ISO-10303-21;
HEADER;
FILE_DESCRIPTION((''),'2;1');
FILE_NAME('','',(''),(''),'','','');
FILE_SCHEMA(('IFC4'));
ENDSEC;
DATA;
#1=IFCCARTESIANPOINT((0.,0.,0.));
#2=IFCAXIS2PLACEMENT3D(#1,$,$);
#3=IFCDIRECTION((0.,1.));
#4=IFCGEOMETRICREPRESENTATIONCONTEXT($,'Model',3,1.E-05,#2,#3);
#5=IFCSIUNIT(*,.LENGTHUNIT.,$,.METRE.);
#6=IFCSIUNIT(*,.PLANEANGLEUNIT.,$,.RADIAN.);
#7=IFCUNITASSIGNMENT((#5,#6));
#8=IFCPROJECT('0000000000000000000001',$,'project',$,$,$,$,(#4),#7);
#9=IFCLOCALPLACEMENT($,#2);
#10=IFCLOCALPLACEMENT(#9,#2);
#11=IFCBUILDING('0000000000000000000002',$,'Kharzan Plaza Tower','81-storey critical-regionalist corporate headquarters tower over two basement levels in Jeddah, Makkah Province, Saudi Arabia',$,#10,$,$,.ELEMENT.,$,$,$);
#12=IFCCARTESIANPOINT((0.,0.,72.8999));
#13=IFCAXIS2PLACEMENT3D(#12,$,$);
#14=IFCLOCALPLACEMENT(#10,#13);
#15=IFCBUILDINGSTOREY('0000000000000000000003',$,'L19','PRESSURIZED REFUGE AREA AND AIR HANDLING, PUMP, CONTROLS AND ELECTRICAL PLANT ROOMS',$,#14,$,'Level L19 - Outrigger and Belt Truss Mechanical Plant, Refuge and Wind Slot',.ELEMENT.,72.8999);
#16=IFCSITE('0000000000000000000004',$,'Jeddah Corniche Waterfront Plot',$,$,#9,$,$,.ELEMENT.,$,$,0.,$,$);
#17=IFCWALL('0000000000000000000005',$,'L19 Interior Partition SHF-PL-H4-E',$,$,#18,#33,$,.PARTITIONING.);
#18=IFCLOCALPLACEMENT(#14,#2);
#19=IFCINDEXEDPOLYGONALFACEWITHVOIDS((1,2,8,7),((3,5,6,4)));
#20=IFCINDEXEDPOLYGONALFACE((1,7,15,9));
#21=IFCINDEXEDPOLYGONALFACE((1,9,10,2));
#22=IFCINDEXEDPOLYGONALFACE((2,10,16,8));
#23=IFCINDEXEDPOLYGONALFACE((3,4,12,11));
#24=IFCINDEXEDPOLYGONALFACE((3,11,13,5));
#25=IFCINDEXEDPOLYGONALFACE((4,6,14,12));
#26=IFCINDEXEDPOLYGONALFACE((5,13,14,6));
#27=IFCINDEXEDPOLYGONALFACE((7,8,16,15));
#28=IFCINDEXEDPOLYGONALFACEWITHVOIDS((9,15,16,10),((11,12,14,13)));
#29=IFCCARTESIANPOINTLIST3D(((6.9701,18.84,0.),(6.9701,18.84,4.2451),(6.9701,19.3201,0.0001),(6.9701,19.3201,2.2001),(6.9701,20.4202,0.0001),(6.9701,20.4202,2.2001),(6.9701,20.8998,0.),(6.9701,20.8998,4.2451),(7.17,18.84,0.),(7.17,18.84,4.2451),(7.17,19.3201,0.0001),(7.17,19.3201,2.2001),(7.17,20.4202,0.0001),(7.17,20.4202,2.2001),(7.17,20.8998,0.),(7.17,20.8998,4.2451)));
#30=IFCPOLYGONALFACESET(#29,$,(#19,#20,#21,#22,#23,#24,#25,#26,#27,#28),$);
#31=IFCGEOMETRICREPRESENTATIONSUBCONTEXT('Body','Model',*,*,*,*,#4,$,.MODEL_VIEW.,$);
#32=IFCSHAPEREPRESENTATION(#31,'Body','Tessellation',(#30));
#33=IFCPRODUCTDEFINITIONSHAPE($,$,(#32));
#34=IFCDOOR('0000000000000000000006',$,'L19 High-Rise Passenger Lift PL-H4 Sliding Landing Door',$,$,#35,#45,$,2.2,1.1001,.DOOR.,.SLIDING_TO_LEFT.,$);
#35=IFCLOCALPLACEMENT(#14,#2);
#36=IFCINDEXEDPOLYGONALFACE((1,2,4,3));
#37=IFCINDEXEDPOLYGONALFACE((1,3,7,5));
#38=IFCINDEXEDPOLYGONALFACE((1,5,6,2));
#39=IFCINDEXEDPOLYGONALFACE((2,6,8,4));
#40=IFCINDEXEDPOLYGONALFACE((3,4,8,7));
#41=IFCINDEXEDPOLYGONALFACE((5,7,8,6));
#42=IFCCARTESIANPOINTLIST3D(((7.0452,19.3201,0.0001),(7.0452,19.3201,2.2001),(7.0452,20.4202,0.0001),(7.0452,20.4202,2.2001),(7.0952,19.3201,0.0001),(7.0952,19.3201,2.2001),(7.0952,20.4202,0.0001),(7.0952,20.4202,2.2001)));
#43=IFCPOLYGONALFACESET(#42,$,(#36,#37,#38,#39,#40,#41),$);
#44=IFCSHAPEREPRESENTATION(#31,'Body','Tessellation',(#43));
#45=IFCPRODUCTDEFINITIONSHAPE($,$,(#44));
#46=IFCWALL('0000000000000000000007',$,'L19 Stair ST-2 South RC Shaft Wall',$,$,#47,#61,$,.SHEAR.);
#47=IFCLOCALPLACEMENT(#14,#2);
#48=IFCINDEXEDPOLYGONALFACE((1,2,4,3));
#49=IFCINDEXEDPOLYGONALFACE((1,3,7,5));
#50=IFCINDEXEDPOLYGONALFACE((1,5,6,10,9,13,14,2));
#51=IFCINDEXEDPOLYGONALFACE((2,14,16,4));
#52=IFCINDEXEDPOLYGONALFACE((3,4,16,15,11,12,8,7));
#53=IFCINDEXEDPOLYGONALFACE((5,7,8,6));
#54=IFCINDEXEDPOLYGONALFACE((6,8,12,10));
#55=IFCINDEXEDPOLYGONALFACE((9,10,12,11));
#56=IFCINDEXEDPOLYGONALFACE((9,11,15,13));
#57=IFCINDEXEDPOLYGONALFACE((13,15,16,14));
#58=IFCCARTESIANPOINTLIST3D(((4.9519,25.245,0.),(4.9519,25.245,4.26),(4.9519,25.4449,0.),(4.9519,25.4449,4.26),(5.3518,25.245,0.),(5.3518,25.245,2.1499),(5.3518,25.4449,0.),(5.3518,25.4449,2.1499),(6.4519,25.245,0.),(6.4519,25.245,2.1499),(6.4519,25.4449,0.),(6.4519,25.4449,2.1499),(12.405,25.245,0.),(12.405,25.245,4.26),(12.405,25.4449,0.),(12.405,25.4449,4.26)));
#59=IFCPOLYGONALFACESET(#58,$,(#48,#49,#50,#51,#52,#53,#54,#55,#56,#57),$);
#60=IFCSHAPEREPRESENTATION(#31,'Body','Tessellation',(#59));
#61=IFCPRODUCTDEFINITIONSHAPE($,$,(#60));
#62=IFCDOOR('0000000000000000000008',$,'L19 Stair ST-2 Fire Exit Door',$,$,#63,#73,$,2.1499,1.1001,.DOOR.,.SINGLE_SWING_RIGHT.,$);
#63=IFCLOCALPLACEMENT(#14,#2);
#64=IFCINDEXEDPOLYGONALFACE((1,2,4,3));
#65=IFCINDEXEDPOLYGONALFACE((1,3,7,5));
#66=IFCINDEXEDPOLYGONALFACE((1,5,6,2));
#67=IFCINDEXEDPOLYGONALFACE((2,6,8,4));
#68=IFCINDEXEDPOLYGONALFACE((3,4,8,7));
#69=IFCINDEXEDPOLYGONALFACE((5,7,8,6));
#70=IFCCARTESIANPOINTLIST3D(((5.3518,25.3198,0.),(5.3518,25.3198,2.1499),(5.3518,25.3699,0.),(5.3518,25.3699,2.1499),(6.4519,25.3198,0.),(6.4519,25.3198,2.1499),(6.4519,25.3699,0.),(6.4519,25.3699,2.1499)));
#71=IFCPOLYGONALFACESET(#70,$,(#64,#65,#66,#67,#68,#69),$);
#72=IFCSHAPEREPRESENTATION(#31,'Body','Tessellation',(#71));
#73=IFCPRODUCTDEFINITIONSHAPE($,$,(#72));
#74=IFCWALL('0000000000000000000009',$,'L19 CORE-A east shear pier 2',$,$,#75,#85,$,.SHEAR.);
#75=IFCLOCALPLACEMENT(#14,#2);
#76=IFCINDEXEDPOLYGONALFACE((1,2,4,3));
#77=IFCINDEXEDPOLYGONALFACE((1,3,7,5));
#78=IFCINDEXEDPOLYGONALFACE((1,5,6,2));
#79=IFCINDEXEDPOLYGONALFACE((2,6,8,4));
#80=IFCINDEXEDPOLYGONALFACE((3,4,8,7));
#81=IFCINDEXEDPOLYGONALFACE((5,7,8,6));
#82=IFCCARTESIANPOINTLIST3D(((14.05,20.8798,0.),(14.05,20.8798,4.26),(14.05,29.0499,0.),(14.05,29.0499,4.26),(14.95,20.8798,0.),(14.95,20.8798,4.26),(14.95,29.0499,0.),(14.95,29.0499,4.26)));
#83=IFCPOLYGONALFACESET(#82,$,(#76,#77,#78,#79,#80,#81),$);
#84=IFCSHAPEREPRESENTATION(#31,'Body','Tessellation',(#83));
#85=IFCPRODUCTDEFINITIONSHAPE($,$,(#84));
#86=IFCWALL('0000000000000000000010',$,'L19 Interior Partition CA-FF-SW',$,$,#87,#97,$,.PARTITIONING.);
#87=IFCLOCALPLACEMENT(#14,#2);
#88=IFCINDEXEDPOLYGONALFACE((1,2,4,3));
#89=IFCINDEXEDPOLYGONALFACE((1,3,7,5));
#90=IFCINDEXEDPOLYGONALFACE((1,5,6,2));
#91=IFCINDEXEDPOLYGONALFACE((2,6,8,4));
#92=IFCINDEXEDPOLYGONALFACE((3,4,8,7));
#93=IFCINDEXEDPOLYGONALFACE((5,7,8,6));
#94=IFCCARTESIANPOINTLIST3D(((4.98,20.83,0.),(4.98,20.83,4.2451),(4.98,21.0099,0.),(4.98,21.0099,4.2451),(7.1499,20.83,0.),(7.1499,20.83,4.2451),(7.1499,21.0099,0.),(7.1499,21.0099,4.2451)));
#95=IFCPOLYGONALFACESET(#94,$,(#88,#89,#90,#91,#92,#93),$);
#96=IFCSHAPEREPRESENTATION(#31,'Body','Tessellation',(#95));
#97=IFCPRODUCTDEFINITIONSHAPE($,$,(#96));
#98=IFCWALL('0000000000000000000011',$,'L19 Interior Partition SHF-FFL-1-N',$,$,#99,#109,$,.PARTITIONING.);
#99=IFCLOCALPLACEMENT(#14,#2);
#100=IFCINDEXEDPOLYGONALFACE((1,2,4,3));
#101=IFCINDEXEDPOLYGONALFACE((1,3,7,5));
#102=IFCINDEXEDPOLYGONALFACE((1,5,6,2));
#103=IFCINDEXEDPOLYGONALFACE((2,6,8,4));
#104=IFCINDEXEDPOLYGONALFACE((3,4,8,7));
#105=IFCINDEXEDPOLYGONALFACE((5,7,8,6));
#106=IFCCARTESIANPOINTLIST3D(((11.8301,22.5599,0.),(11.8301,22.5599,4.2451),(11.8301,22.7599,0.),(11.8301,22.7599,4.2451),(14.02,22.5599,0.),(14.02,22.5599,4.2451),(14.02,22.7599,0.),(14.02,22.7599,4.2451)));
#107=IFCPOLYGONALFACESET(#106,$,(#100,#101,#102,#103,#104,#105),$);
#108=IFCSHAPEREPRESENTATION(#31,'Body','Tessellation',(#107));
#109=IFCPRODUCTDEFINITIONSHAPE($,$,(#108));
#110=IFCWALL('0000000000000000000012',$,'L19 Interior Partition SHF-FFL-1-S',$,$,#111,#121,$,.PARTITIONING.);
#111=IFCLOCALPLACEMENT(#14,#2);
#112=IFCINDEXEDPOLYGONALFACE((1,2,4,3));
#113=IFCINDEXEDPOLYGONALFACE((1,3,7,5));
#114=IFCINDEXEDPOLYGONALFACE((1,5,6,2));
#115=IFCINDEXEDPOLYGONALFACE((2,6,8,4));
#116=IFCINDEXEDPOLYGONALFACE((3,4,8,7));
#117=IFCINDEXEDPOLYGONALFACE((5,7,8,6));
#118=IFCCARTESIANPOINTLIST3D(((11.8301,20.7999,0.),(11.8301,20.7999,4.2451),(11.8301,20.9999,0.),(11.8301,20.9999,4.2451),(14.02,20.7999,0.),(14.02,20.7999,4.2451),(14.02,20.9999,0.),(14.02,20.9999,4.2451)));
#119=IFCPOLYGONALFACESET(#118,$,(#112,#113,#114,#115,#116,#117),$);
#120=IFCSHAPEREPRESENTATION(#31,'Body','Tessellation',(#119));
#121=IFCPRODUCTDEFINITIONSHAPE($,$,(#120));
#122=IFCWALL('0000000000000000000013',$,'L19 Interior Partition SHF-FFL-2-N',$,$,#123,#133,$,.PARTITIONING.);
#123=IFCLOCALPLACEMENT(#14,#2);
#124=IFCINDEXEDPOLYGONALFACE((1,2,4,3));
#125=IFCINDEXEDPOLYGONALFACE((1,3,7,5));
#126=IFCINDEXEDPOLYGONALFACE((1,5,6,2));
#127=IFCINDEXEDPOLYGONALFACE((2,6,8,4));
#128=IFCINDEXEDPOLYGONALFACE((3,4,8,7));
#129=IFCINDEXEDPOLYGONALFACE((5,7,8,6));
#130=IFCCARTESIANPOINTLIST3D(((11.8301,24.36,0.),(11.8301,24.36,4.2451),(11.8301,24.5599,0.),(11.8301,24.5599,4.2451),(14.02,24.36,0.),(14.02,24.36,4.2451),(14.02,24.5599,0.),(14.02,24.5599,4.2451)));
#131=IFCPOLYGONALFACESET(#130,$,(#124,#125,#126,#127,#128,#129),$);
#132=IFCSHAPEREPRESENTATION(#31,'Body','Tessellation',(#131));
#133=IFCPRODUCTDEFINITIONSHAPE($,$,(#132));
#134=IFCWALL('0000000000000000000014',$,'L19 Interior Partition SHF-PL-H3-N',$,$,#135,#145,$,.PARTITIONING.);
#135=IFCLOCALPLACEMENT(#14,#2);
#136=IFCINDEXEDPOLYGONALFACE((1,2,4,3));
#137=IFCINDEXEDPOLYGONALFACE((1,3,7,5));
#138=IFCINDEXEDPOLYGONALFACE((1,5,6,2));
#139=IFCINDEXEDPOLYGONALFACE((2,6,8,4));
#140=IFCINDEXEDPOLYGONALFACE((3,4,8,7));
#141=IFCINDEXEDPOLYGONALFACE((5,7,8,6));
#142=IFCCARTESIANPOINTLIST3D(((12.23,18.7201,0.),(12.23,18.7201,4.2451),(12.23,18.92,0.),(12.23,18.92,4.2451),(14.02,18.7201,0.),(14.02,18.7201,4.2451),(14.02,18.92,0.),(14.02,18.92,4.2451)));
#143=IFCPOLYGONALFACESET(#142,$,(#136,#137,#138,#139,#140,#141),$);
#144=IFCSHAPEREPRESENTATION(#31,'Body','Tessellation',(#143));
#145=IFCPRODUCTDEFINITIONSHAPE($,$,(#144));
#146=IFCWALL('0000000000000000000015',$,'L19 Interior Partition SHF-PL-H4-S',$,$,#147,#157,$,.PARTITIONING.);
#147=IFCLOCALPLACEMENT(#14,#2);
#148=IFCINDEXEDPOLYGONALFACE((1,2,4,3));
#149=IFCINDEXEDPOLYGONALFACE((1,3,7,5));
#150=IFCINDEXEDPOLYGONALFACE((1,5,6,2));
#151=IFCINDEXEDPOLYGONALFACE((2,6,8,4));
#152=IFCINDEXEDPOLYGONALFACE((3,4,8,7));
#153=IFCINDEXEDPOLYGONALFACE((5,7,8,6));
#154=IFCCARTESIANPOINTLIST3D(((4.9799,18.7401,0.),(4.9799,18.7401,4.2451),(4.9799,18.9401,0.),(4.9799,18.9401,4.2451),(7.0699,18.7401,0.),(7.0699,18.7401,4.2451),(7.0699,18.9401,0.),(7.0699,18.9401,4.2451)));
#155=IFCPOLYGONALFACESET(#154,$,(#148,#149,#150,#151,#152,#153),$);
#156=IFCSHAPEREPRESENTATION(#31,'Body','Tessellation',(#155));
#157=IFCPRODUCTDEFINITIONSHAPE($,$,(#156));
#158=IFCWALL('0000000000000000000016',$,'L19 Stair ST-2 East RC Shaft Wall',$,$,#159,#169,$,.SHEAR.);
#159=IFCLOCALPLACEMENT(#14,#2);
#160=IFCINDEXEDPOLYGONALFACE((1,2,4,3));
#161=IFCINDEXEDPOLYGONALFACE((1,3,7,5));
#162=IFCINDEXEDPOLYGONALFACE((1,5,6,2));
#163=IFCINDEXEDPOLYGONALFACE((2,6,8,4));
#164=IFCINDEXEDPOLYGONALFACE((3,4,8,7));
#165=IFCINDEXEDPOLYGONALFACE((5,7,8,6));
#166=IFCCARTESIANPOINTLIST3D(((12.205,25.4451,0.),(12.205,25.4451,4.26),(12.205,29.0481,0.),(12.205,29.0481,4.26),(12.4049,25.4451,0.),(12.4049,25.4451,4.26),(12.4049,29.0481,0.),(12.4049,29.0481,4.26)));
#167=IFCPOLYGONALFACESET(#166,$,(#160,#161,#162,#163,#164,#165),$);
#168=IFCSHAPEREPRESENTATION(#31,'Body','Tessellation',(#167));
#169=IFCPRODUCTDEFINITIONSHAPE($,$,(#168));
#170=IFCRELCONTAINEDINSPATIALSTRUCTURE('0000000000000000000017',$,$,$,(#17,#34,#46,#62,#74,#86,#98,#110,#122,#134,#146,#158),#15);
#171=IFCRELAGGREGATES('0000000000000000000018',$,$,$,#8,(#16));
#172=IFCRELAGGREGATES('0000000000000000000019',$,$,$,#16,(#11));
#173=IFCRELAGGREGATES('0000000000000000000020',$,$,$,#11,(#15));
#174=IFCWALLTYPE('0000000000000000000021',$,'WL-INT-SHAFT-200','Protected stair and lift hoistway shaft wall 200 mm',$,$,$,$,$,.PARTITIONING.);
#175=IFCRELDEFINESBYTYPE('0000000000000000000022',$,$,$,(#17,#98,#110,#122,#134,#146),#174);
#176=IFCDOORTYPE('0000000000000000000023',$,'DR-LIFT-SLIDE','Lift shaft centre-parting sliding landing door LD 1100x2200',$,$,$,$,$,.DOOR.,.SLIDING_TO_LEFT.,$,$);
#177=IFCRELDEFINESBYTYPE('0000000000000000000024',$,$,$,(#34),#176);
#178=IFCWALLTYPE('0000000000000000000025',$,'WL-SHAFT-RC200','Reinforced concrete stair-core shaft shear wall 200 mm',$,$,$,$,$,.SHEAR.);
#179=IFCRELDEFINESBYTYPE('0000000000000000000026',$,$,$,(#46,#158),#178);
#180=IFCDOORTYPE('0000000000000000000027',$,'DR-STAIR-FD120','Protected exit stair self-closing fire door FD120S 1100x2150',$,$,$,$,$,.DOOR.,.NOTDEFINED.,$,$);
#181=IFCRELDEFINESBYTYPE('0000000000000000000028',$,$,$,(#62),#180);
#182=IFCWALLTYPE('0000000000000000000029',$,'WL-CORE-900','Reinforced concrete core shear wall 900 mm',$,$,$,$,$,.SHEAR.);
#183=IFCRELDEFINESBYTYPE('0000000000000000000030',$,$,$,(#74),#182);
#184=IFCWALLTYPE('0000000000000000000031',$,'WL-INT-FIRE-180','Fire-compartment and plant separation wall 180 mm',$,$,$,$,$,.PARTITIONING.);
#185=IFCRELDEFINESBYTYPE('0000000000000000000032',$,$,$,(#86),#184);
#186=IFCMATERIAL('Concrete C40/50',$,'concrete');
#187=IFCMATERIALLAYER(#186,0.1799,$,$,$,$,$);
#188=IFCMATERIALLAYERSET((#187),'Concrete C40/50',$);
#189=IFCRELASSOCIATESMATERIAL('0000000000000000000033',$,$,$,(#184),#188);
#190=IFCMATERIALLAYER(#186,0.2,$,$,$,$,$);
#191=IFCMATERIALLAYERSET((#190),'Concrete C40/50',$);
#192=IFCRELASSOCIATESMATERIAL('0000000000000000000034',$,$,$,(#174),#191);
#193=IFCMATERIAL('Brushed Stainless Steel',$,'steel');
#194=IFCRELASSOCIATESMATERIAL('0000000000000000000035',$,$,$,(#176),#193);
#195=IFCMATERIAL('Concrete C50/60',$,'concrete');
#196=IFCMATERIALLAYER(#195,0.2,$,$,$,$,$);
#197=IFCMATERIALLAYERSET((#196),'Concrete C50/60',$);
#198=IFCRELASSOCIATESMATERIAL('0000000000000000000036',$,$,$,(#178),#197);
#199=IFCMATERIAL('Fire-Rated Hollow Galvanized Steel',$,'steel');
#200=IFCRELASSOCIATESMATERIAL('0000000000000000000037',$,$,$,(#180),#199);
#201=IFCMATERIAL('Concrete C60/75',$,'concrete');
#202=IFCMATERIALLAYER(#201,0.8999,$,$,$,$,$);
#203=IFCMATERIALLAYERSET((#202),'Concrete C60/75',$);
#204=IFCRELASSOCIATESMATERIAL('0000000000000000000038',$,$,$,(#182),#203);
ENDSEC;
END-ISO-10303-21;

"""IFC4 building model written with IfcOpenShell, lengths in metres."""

from ifc_helpers import new_model, si_unit, direction, frame, frame_2d, origin, place, context, subcontext, project, spatial, rectangle, extrude, source, transform, mapped, material, layer, layer_set, type_object, element, fill, save


model = new_model("IFC4")

# Units and contexts
model_context = context("Model", 3, precision=1e-05, world=origin(), true_north=direction((0.0, 1.0)))
body_context = subcontext(model_context, "Body", "Model", "MODEL_VIEW")
ifc_project = project(units=[si_unit("LENGTHUNIT", "METRE"), si_unit("PLANEANGLEUNIT", "RADIAN")], contexts=[model_context])

# Site, building, storey
site_placement = place(None, origin())
site = spatial("IfcSite", under=ifc_project, at=site_placement, Name="Jeddah Corniche Waterfront Plot", CompositionType="ELEMENT", RefElevation=0.0)
building_placement = place(site_placement, origin())
building = spatial("IfcBuilding", under=site, at=building_placement, Name="Kharzan Plaza Tower", Description="81-storey critical-regionalist corporate headquarters tower over two basement levels in Jeddah, Makkah Province, Saudi Arabia", CompositionType="ELEMENT")
storey_placement = place(building_placement, frame((0.0, 0.0, 72.8999)))
storey = spatial("IfcBuildingStorey", under=building, at=storey_placement, Name="L19", Description="PRESSURIZED REFUGE AREA AND AIR HANDLING, PUMP, CONTROLS AND ELECTRICAL PLANT ROOMS", LongName="Level L19 - Outrigger and Belt Truss Mechanical Plant, Refuge and Wind Slot", CompositionType="ELEMENT", Elevation=72.8999)

# Shared definitions
ifc_material_1 = material(Name="Concrete C60/75", Category="concrete")

# Walls, openings, doors
ifc_material_2 = material(Name="Concrete C40/50", Category="concrete")
ifc_layer_1 = layer(ifc_material_2, 0.1799)
ifc_layer_set_1 = layer_set([ifc_layer_1], Name="Concrete C40/50")
wall_type_1 = type_object("IfcWallType", Name="WL-INT-FIRE-180", Description="Fire-compartment and plant separation wall 180 mm", PredefinedType="PARTITIONING", material=ifc_layer_set_1)
ifc_layer_2 = layer(ifc_material_2, 0.2)
ifc_layer_set_2 = layer_set([ifc_layer_2], Name="Concrete C40/50")
wall_type_2 = type_object("IfcWallType", Name="WL-INT-SHAFT-200", Description="Protected stair and lift hoistway shaft wall 200 mm", PredefinedType="PARTITIONING", material=ifc_layer_set_2)
ifc_material_3 = material(Name="Brushed Stainless Steel", Category="steel")
door_type_1 = type_object("IfcDoorType", Name="DR-LIFT-SLIDE", Description="Lift shaft centre-parting sliding landing door LD 1100x2200", OperationType="SLIDING_TO_LEFT", PredefinedType="DOOR", material=ifc_material_3)
shared_shape_1 = source(origin(), body_context, "Body", "SweptSolid", [
    extrude(rectangle(XDim=1.1001, YDim=2.2, at=frame_2d((0.55, 1.1001))), frame((0.0, 0.0249, 0.0), z_axis=(0.0, -1.0, 0.0), x_axis=(1.0, 0.0, 0.0)), (0.0, 0.0, 1.0), 0.05),
])
wall_1_placement = place(storey_placement, frame((7.0701, 18.8401, 0.0), z_axis=(0.0, 0.0, 1.0), x_axis=(0.0, 1.0, 0.0)))
wall_1 = element("IfcWall", 1, at=wall_1_placement, inside=storey, type_object=wall_type_2, Name="L19 Interior Partition SHF-PL-H4-E", PredefinedType="PARTITIONING", context=body_context, shape_type="SweptSolid", body=[
    extrude(rectangle(XDim=2.0598, YDim=0.2, at=frame_2d((1.0298, 0.0))), origin(), (0.0, 0.0, 1.0), 4.2451),
])
opening_1_placement = place(wall_1_placement, frame((0.48, 0.0, 0.0)))
opening_1 = element("IfcOpeningElement", 2, at=opening_1_placement, cuts=wall_1, PredefinedType="OPENING", context=body_context, shape_type="SweptSolid", body=[
    extrude(rectangle(XDim=1.1001, YDim=2.2, at=frame_2d((0.55, 1.1001))), frame((0.0, 0.1099, 0.0), z_axis=(0.0, -1.0, 0.0), x_axis=(1.0, 0.0, 0.0)), (0.0, 0.0, 1.0), 0.22),
])
door_1_placement = place(opening_1_placement, origin())
door_1 = element("IfcDoor", 3, at=door_1_placement, inside=storey, type_object=door_type_1, Name="L19 High-Rise Passenger Lift PL-H4 Sliding Landing Door", OperationType="SLIDING_TO_LEFT", OverallHeight=2.2, OverallWidth=1.1001, PredefinedType="DOOR", context=body_context, shape_type="MappedRepresentation", body=[
    mapped(shared_shape_1, transform((0.0, 0.0, 0.0), x_axis=(1.0, 0.0, 0.0), y_axis=(0.0, 1.0, 0.0), z_axis=(0.0, 0.0, 1.0))),
])
fill(opening_1, door_1)
ifc_material_4 = material(Name="Concrete C50/60", Category="concrete")
ifc_layer_3 = layer(ifc_material_4, 0.2)
ifc_layer_set_3 = layer_set([ifc_layer_3], Name="Concrete C50/60")
wall_type_3 = type_object("IfcWallType", Name="WL-SHAFT-RC200", Description="Reinforced concrete stair-core shaft shear wall 200 mm", PredefinedType="SHEAR", material=ifc_layer_set_3)
wall_2_placement = place(storey_placement, frame((4.9519, 25.345, 0.0), z_axis=(0.0, 0.0, 1.0), x_axis=(1.0, 0.0, 0.0)))
wall_2 = element("IfcWall", 4, at=wall_2_placement, inside=storey, type_object=wall_type_3, Name="L19 Stair ST-2 South RC Shaft Wall", PredefinedType="SHEAR", context=body_context, shape_type="SweptSolid", body=[
    extrude(rectangle(XDim=7.4531, YDim=0.2, at=frame_2d((3.7266, 0.0))), origin(), (0.0, 0.0, 1.0), 4.26),
])
opening_2_placement = place(wall_2_placement, frame((0.3999, 0.0, 0.0)))
opening_2 = element("IfcOpeningElement", 5, at=opening_2_placement, cuts=wall_2, PredefinedType="OPENING", context=body_context, shape_type="SweptSolid", body=[
    extrude(rectangle(XDim=1.1001, YDim=2.1499, at=frame_2d((0.55, 1.075))), frame((0.0, 0.1099, 0.0), z_axis=(0.0, -1.0, 0.0), x_axis=(1.0, 0.0, 0.0)), (0.0, 0.0, 1.0), 0.22),
])
ifc_material_5 = material(Name="Fire-Rated Hollow Galvanized Steel", Category="steel")
door_type_2 = type_object("IfcDoorType", Name="DR-STAIR-FD120", Description="Protected exit stair self-closing fire door FD120S 1100x2150", OperationType="NOTDEFINED", PredefinedType="DOOR", material=ifc_material_5)
shared_shape_2 = source(origin(), body_context, "Body", "SweptSolid", [
    extrude(rectangle(XDim=1.1001, YDim=2.1499, at=frame_2d((0.55, 1.075))), frame((0.0, 0.0249, 0.0), z_axis=(0.0, -1.0, 0.0), x_axis=(1.0, 0.0, 0.0)), (0.0, 0.0, 1.0), 0.05),
])
door_2_placement = place(opening_2_placement, origin())
door_2 = element("IfcDoor", 6, at=door_2_placement, inside=storey, type_object=door_type_2, Name="L19 Stair ST-2 Fire Exit Door", OperationType="SINGLE_SWING_RIGHT", OverallHeight=2.1499, OverallWidth=1.1001, PredefinedType="DOOR", context=body_context, shape_type="MappedRepresentation", body=[
    mapped(shared_shape_2, transform((0.0, 0.0, 0.0), x_axis=(1.0, 0.0, 0.0), y_axis=(0.0, 1.0, 0.0), z_axis=(0.0, 0.0, 1.0))),
])
fill(opening_2, door_2)

# Walls
ifc_layer_4 = layer(ifc_material_1, 0.8999)
ifc_layer_set_4 = layer_set([ifc_layer_4], Name="Concrete C60/75")
wall_type_4 = type_object("IfcWallType", Name="WL-CORE-900", Description="Reinforced concrete core shear wall 900 mm", PredefinedType="SHEAR", material=ifc_layer_set_4)
shared_shape_3 = source(origin(), body_context, "Body", "SweptSolid", [
    extrude(rectangle(XDim=8.1702, YDim=0.8999, at=frame_2d((4.085, 0.0))), origin(), (0.0, 0.0, 1.0), 4.26),
])
wall_3_placement = place(storey_placement, frame((14.5, 20.8799, 0.0), z_axis=(0.0, 0.0, 1.0), x_axis=(0.0, 1.0, 0.0)))
element("IfcWall", 7, at=wall_3_placement, inside=storey, type_object=wall_type_4, Name="L19 CORE-A east shear pier 2", PredefinedType="SHEAR", context=body_context, shape_type="MappedRepresentation", body=[
    mapped(shared_shape_3, transform((0.0, 0.0, 0.0), x_axis=(1.0, 0.0, 0.0), y_axis=(0.0, 1.0, 0.0), z_axis=(0.0, 0.0, 1.0))),
])
shared_shape_4 = source(origin(), body_context, "Body", "SweptSolid", [
    extrude(rectangle(XDim=2.1699, YDim=0.1799, at=frame_2d((1.085, 0.0))), origin(), (0.0, 0.0, 1.0), 4.2451),
])
wall_4_placement = place(storey_placement, frame((4.98, 20.9199, 0.0), z_axis=(0.0, 0.0, 1.0), x_axis=(1.0, 0.0, 0.0)))
element("IfcWall", 8, at=wall_4_placement, inside=storey, type_object=wall_type_1, Name="L19 Interior Partition CA-FF-SW", PredefinedType="PARTITIONING", context=body_context, shape_type="MappedRepresentation", body=[
    mapped(shared_shape_4, transform((0.0, 0.0, 0.0), x_axis=(1.0, 0.0, 0.0), y_axis=(0.0, 1.0, 0.0), z_axis=(0.0, 0.0, 1.0))),
])
shared_shape_5 = source(origin(), body_context, "Body", "SweptSolid", [
    extrude(rectangle(XDim=2.1899, YDim=0.2, at=frame_2d((1.095, 0.0))), origin(), (0.0, 0.0, 1.0), 4.2451),
])
for number, where, z_axis, x_axis, name in (
    (9, (11.8301, 22.6599, 0.0), (0.0, 0.0, 1.0), (1.0, 0.0, 0.0), "L19 Interior Partition SHF-FFL-1-N"),
    (10, (11.8301, 20.8999, 0.0), (0.0, 0.0, 1.0), (1.0, 0.0, 0.0), "L19 Interior Partition SHF-FFL-1-S"),
    (11, (11.8301, 24.46, 0.0), (0.0, 0.0, 1.0), (1.0, 0.0, 0.0), "L19 Interior Partition SHF-FFL-2-N"),
):
    element("IfcWall", number, at=place(storey_placement, frame(where, z_axis=z_axis, x_axis=x_axis)), inside=storey, type_object=wall_type_2, Name=name, PredefinedType="PARTITIONING", context=body_context, shape_type="MappedRepresentation", body=[
        mapped(shared_shape_5, transform((0.0, 0.0, 0.0), x_axis=(1.0, 0.0, 0.0), y_axis=(0.0, 1.0, 0.0), z_axis=(0.0, 0.0, 1.0))),
    ])
shared_shape_6 = source(origin(), body_context, "Body", "SweptSolid", [
    extrude(rectangle(XDim=1.79, YDim=0.2, at=frame_2d((0.895, 0.0))), origin(), (0.0, 0.0, 1.0), 4.2451),
])
wall_5_placement = place(storey_placement, frame((12.23, 18.8201, 0.0), z_axis=(0.0, 0.0, 1.0), x_axis=(1.0, 0.0, 0.0)))
element("IfcWall", 12, at=wall_5_placement, inside=storey, type_object=wall_type_2, Name="L19 Interior Partition SHF-PL-H3-N", PredefinedType="PARTITIONING", context=body_context, shape_type="MappedRepresentation", body=[
    mapped(shared_shape_6, transform((0.0, 0.0, 0.0), x_axis=(1.0, 0.0, 0.0), y_axis=(0.0, 1.0, 0.0), z_axis=(0.0, 0.0, 1.0))),
])
shared_shape_7 = source(origin(), body_context, "Body", "SweptSolid", [
    extrude(rectangle(XDim=2.0901, YDim=0.2, at=frame_2d((1.0449, 0.0))), origin(), (0.0, 0.0, 1.0), 4.2451),
])
wall_6_placement = place(storey_placement, frame((4.98, 18.8401, 0.0), z_axis=(0.0, 0.0, 1.0), x_axis=(1.0, 0.0, 0.0)))
element("IfcWall", 13, at=wall_6_placement, inside=storey, type_object=wall_type_2, Name="L19 Interior Partition SHF-PL-H4-S", PredefinedType="PARTITIONING", context=body_context, shape_type="MappedRepresentation", body=[
    mapped(shared_shape_7, transform((0.0, 0.0, 0.0), x_axis=(1.0, 0.0, 0.0), y_axis=(0.0, 1.0, 0.0), z_axis=(0.0, 0.0, 1.0))),
])
shared_shape_8 = source(origin(), body_context, "Body", "SweptSolid", [
    extrude(rectangle(XDim=3.603, YDim=0.2, at=frame_2d((1.8015, 0.0))), origin(), (0.0, 0.0, 1.0), 4.26),
])
wall_7_placement = place(storey_placement, frame((12.3049, 25.4451, 0.0), z_axis=(0.0, 0.0, 1.0), x_axis=(0.0, 1.0, 0.0)))
element("IfcWall", 14, at=wall_7_placement, inside=storey, type_object=wall_type_3, Name="L19 Stair ST-2 East RC Shaft Wall", PredefinedType="SHEAR", context=body_context, shape_type="MappedRepresentation", body=[
    mapped(shared_shape_8, transform((0.0, 0.0, 0.0), x_axis=(1.0, 0.0, 0.0), y_axis=(0.0, 1.0, 0.0), z_axis=(0.0, 0.0, 1.0))),
])

save(model, "model.ifc")
